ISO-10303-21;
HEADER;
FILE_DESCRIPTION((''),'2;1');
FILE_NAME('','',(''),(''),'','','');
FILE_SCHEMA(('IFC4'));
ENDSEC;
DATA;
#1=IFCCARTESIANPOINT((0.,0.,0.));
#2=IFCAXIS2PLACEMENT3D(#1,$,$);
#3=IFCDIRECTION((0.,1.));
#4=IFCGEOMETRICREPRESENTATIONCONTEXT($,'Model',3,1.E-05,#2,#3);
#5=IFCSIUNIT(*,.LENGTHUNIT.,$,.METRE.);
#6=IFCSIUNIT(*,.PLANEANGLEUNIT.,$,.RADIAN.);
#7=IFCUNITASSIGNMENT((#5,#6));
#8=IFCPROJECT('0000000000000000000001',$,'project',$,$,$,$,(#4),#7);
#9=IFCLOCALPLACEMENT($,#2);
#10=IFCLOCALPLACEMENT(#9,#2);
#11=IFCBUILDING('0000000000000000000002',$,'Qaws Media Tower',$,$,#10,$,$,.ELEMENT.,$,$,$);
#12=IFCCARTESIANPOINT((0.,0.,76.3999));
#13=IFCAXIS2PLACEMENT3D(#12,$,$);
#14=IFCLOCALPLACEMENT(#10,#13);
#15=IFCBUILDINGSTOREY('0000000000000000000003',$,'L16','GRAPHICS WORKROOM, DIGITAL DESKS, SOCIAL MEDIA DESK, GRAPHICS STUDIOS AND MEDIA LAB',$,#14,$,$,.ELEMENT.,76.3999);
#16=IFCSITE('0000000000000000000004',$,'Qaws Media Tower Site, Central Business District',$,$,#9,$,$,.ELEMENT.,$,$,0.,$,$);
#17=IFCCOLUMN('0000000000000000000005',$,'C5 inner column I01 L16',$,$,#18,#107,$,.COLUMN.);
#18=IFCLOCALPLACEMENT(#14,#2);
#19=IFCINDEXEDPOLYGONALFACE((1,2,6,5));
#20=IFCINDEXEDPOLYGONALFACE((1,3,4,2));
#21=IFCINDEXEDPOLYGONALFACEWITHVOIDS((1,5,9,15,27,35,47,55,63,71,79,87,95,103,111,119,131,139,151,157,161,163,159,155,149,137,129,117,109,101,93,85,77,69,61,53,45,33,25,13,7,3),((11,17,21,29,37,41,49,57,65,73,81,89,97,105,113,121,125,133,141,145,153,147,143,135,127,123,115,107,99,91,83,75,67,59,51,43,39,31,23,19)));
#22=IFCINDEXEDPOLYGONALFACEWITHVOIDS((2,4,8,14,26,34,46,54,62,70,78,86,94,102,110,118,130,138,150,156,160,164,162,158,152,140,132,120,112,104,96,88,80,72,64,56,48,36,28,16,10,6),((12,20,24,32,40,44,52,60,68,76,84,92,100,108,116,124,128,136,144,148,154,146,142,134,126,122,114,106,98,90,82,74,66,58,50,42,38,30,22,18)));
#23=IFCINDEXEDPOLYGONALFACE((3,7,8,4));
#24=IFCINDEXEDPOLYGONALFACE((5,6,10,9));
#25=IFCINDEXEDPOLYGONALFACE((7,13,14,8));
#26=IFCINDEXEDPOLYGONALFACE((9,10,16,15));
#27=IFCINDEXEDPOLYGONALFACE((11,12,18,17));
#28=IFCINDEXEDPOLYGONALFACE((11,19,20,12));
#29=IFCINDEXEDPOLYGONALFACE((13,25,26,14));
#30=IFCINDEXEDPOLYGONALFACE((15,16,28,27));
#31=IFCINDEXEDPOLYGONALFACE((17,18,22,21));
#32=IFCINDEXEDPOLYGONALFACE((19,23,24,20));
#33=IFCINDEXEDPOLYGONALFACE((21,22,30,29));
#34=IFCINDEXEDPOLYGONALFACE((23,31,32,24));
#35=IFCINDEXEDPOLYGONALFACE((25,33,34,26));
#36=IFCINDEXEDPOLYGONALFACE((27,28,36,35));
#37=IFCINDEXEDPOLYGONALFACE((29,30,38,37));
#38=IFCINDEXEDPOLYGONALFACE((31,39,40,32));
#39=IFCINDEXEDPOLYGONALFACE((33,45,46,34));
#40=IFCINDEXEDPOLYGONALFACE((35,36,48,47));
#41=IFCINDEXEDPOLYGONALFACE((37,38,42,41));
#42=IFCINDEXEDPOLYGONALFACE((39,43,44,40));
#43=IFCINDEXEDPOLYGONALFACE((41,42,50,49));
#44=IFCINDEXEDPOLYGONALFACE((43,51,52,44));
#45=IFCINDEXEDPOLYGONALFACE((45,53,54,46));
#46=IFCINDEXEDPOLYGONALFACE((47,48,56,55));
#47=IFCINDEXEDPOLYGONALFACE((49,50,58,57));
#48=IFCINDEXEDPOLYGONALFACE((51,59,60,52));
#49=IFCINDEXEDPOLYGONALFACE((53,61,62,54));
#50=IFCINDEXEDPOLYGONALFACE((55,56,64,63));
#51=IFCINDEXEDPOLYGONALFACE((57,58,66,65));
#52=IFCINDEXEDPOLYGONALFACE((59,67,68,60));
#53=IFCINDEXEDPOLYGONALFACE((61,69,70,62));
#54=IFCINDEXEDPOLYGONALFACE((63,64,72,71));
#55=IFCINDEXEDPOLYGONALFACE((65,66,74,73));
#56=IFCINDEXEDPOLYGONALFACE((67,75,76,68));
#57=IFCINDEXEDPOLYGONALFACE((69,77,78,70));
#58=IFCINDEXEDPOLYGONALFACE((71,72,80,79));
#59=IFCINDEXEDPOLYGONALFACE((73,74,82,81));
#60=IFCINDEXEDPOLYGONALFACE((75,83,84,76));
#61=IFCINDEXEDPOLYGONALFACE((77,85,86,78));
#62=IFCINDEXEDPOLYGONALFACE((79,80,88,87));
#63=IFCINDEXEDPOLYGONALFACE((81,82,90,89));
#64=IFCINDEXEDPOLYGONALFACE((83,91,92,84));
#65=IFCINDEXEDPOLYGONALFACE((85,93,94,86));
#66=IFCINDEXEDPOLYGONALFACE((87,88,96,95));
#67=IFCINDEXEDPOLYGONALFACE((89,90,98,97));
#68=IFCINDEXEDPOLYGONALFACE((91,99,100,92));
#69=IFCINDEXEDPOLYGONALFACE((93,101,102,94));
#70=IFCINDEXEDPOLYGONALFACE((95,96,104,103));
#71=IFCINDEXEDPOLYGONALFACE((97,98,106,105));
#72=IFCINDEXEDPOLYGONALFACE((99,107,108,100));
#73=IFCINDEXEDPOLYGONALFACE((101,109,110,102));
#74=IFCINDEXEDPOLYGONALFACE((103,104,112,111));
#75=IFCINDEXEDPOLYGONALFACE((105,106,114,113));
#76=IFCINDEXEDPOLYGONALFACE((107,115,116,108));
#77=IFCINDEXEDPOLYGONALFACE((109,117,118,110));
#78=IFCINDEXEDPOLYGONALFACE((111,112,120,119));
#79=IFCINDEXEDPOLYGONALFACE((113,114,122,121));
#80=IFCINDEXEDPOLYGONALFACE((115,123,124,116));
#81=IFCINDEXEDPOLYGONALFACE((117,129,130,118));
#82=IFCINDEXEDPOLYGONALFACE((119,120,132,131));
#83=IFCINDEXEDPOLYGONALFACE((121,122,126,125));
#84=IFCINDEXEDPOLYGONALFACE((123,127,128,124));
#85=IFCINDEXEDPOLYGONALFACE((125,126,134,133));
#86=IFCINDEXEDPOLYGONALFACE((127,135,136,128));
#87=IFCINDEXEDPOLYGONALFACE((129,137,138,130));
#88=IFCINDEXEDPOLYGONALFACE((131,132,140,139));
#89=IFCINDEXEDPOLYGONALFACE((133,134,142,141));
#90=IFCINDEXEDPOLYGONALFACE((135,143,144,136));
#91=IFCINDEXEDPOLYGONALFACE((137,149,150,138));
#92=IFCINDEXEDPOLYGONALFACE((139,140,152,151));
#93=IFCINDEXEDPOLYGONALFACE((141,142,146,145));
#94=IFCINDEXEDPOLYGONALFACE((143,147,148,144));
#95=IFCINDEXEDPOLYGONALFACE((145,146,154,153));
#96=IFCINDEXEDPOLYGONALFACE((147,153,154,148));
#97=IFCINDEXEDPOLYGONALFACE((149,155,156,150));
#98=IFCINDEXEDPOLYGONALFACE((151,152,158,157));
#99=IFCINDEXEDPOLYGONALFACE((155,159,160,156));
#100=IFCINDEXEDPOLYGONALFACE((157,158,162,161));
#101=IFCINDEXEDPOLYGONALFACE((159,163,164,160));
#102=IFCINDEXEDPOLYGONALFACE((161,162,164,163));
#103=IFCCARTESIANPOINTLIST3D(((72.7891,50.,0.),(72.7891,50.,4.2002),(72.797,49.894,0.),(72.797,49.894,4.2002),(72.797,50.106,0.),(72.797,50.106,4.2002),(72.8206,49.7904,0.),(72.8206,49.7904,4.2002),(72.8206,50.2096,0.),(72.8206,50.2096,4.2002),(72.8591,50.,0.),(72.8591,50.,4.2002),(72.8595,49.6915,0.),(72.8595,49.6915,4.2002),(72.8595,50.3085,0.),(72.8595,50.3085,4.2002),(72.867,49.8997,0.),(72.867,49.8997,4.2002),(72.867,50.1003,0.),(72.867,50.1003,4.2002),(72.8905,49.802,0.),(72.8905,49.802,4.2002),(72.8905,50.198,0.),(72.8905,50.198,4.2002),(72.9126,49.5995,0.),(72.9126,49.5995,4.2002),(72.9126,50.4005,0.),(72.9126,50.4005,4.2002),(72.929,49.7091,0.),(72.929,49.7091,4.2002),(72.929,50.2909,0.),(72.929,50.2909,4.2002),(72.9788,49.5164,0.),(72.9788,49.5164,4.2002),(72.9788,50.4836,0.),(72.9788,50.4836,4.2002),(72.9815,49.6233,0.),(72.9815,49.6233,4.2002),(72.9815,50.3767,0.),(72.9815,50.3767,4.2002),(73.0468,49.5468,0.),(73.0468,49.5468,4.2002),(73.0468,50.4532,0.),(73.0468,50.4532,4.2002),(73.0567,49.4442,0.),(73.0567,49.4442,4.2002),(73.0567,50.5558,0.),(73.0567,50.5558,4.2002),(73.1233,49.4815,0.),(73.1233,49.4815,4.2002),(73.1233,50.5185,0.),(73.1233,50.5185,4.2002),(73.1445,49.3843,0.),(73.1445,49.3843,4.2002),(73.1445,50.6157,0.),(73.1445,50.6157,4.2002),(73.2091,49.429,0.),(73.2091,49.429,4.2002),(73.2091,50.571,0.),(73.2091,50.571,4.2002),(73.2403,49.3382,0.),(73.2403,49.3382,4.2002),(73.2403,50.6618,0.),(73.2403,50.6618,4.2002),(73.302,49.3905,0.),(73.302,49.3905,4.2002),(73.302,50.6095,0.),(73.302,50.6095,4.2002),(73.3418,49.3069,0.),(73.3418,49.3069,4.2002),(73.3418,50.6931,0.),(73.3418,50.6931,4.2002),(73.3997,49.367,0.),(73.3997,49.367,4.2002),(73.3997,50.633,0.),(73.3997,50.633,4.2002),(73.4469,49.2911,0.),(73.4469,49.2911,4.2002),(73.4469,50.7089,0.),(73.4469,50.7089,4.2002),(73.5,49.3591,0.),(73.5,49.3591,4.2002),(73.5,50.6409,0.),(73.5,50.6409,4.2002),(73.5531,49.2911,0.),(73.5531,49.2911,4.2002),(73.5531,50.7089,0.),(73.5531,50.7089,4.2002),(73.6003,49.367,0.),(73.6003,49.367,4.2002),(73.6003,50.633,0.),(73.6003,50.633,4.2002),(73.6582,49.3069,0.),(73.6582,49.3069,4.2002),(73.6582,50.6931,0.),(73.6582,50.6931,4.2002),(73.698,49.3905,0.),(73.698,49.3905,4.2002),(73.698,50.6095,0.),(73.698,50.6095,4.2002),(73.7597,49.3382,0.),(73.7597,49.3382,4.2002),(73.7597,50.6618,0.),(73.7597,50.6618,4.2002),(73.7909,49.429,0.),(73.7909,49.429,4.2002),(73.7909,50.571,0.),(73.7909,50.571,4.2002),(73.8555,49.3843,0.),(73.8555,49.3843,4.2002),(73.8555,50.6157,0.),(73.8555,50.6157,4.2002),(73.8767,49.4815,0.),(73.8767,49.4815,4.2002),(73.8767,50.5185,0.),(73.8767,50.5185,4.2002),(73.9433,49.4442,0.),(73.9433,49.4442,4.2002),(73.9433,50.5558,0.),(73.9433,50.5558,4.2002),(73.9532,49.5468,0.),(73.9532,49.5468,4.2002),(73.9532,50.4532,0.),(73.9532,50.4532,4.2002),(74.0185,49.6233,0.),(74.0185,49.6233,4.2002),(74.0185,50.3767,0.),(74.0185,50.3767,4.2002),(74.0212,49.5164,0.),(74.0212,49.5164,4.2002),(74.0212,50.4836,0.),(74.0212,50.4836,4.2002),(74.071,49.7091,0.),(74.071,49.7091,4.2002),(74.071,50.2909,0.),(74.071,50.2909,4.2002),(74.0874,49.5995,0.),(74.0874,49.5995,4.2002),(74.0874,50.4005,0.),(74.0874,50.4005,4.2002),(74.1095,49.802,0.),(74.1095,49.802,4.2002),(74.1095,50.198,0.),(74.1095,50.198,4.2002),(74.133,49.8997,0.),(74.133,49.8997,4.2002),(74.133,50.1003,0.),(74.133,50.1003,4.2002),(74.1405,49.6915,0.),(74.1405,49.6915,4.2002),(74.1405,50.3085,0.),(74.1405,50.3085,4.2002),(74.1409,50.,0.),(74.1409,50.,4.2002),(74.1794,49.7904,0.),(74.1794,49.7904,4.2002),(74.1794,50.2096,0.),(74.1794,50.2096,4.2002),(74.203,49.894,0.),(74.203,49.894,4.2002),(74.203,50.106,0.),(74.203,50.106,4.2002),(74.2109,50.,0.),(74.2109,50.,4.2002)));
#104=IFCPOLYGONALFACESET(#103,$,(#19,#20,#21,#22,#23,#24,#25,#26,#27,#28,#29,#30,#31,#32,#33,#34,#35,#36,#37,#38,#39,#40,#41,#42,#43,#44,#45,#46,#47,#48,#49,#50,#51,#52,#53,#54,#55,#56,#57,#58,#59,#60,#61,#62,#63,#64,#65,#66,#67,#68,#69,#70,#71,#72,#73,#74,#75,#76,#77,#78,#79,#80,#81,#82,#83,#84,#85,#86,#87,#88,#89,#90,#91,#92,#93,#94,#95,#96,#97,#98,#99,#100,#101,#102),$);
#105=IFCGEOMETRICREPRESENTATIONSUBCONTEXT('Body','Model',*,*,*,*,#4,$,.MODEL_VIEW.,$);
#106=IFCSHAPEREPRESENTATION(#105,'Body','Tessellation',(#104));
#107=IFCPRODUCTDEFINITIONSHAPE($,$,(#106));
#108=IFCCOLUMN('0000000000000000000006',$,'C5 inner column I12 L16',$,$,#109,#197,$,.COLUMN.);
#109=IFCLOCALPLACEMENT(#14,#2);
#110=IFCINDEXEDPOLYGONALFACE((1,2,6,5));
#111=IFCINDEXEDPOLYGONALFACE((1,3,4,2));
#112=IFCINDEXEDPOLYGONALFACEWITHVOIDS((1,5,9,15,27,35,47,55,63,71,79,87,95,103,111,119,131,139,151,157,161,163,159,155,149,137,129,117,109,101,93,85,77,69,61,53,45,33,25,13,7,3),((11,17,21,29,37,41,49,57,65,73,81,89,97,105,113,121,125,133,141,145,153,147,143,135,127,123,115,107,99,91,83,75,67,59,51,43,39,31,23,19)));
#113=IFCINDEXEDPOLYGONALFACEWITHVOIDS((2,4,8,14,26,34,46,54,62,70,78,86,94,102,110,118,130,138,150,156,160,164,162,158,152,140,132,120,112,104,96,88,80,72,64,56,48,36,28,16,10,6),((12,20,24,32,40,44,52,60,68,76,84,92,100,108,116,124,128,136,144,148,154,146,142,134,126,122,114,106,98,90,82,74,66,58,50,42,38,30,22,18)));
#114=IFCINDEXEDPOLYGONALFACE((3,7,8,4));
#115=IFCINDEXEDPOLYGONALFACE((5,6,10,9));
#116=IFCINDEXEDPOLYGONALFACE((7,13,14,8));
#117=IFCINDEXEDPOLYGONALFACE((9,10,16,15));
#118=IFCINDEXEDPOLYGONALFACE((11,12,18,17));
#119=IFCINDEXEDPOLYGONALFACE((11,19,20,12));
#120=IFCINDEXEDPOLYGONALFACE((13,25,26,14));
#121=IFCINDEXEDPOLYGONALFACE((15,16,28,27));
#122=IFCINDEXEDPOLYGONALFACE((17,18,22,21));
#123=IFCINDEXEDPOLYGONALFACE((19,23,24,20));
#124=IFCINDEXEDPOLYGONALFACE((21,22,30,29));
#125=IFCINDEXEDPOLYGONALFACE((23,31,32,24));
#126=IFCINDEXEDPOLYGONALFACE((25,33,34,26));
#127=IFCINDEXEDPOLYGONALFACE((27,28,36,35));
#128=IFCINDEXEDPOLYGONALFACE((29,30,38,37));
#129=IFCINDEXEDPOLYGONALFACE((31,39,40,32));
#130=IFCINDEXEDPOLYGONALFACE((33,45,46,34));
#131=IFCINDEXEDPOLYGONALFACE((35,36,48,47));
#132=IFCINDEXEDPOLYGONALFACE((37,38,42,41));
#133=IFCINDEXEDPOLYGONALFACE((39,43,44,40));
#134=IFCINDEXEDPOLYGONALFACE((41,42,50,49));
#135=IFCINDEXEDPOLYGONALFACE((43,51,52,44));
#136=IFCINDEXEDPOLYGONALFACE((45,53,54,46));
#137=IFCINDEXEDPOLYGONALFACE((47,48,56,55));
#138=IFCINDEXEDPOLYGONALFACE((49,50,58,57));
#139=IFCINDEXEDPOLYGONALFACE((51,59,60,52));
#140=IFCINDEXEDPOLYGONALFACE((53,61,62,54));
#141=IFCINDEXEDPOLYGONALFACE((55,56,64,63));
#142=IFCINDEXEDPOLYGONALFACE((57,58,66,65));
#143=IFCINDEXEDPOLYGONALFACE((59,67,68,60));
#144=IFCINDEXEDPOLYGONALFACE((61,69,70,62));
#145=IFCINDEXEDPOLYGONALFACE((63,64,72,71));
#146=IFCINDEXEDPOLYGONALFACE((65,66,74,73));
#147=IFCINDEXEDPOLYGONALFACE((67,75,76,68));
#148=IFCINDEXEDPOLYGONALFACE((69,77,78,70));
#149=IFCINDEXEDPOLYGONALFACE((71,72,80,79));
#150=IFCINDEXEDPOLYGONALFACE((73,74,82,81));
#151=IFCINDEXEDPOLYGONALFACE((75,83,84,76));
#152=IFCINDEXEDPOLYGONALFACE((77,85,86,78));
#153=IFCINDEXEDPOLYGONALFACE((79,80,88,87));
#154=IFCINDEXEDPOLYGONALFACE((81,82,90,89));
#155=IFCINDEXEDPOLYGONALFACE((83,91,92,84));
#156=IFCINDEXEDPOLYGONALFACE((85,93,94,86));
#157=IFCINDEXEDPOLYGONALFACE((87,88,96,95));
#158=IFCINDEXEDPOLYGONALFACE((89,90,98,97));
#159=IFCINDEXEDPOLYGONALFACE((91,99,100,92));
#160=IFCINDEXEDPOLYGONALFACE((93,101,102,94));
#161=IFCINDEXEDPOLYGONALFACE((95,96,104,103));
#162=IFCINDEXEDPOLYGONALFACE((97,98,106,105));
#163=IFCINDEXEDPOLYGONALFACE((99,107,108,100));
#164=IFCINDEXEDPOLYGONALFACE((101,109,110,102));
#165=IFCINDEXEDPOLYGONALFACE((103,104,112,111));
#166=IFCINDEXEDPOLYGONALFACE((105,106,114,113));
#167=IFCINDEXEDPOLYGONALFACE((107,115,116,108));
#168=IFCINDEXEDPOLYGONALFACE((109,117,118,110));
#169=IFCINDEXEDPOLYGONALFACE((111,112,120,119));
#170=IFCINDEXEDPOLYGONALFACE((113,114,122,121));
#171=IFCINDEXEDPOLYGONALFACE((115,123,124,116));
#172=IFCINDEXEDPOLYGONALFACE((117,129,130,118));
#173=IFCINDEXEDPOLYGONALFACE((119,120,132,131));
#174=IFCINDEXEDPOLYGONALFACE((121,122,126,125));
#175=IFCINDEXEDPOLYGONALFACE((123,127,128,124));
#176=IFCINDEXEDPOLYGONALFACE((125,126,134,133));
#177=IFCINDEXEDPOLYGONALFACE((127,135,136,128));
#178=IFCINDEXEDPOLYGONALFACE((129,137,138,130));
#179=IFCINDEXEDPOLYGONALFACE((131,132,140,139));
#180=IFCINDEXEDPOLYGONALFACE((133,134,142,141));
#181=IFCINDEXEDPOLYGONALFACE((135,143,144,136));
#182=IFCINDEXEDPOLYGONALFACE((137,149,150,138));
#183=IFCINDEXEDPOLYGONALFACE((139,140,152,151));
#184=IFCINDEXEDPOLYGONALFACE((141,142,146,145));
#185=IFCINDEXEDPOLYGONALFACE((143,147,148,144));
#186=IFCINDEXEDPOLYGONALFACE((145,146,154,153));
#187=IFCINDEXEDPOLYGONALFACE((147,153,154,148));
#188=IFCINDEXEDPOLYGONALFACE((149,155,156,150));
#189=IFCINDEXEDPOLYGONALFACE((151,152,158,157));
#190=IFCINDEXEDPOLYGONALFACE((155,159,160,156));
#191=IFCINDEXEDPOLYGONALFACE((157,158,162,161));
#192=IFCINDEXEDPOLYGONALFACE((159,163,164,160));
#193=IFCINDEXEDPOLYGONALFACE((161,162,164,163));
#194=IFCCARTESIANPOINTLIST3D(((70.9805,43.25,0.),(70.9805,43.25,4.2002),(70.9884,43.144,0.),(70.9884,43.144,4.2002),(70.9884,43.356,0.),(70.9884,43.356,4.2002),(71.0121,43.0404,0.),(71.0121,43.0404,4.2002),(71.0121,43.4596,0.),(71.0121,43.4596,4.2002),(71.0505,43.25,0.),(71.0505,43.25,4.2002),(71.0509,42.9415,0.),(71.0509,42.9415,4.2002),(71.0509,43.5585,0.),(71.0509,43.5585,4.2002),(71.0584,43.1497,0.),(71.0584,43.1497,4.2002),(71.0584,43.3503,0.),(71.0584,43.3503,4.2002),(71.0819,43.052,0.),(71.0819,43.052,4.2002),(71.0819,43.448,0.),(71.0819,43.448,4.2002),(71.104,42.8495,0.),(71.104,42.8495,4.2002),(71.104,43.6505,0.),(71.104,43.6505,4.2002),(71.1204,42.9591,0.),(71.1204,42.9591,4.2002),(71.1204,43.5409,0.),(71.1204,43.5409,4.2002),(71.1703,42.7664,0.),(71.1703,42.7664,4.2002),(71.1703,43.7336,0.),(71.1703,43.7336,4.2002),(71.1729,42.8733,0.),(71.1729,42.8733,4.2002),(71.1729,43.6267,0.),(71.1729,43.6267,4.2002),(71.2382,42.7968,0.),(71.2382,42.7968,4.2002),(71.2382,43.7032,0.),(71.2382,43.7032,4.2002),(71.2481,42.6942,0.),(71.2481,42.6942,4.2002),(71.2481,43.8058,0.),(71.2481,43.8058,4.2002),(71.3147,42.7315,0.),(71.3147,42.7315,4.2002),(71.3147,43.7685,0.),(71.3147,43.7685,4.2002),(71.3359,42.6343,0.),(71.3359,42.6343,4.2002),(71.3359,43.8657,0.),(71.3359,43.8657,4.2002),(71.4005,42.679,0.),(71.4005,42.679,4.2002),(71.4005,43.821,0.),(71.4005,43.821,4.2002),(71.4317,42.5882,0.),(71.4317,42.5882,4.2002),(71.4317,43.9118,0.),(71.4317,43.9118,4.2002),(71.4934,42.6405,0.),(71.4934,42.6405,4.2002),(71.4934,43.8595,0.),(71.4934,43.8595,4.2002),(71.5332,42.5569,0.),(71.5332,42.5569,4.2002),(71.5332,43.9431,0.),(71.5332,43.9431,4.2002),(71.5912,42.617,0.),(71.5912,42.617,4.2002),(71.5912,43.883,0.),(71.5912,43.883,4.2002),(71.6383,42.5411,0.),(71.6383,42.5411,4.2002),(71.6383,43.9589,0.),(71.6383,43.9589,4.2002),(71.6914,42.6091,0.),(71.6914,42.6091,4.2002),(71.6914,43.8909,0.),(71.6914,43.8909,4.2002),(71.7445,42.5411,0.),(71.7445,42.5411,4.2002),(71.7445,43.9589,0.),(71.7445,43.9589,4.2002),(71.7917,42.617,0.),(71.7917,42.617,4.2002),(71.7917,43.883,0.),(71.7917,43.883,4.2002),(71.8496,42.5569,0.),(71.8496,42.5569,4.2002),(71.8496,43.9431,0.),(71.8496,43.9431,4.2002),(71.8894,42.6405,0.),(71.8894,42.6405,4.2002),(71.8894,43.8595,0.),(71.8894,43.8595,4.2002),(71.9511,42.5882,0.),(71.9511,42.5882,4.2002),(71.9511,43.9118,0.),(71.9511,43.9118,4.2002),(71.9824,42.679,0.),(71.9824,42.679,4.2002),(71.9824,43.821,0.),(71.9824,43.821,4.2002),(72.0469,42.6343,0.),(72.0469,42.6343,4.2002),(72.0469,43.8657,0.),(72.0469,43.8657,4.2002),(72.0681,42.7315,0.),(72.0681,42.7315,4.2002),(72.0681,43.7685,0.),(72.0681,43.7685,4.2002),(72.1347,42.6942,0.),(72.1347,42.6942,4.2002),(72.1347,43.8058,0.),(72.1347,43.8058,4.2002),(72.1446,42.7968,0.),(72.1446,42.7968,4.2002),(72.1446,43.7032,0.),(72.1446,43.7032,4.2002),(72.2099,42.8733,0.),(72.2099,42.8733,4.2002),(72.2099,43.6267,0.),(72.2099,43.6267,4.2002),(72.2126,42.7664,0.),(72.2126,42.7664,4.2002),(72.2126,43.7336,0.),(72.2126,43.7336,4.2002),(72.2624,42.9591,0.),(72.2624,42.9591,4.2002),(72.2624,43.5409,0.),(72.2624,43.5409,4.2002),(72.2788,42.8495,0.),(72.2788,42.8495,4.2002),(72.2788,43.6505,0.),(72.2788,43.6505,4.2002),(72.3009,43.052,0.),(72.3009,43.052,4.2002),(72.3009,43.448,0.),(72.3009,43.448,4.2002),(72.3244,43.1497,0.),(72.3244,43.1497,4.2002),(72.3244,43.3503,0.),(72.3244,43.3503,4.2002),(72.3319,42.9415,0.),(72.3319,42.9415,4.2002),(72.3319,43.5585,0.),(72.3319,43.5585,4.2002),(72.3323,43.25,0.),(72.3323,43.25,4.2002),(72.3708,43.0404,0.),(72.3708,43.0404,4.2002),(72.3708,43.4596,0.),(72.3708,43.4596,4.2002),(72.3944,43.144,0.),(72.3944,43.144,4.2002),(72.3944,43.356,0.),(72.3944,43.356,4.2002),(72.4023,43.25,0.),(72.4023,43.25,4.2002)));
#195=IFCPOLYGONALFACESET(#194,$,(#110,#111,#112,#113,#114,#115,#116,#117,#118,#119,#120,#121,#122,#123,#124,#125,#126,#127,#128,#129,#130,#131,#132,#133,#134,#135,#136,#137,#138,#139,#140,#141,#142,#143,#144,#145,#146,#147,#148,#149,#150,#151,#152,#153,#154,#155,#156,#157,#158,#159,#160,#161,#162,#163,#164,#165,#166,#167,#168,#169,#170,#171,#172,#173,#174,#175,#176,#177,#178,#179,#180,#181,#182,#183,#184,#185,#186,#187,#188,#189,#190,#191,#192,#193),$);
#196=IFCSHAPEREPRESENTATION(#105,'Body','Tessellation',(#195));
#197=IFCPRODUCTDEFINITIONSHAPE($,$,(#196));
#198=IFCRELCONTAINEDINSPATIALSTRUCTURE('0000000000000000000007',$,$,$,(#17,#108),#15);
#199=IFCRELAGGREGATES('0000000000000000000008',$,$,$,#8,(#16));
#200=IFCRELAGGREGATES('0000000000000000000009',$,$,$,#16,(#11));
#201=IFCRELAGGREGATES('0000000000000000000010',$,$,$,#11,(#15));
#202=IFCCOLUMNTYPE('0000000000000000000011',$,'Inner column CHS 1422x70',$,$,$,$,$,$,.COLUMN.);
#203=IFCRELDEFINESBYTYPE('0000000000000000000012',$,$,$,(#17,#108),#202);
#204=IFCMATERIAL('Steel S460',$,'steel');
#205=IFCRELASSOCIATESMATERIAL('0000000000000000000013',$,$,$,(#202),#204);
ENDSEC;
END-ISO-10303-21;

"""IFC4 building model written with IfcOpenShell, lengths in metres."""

from ifc_helpers import new_model, si_unit, direction, frame, origin, origin_2d, place, context, subcontext, project, spatial, hollow_circle, extrude, material, material_profile, profile_set, type_object, element, save


model = new_model("IFC4")

# Units and contexts
model_context = context("Model", 3, precision=1e-05, world=origin(), true_north=direction((0.0, 1.0)))
body_context = subcontext(model_context, "Body", "Model", "MODEL_VIEW")
ifc_project = project(units=[si_unit("LENGTHUNIT", "METRE"), si_unit("PLANEANGLEUNIT", "RADIAN")], contexts=[model_context])

# Site, building, storey
site_placement = place(None, origin())
site = spatial("IfcSite", under=ifc_project, at=site_placement, Name="Qaws Media Tower Site, Central Business District", CompositionType="ELEMENT", RefElevation=0.0)
building_placement = place(site_placement, origin())
building = spatial("IfcBuilding", under=site, at=building_placement, Name="Qaws Media Tower", CompositionType="ELEMENT")
storey_placement = place(building_placement, frame((0.0, 0.0, 76.3999)))
storey = spatial("IfcBuildingStorey", under=building, at=storey_placement, Name="L16", Description="GRAPHICS WORKROOM, DIGITAL DESKS, SOCIAL MEDIA DESK, GRAPHICS STUDIOS AND MEDIA LAB", CompositionType="ELEMENT", Elevation=76.3999)

# Columns
ifc_material_1 = material(Name="Steel S460", Category="steel")
ifc_material_profile_1 = material_profile(ifc_material_1, hollow_circle(Radius=0.7109, WallThickness=0.0701, at=origin_2d()), Name="CHS 1422x70")
ifc_profile_set_1 = profile_set([ifc_material_profile_1], Name="Steel S460")
column_type = type_object("IfcColumnType", Name="Inner column CHS 1422x70", PredefinedType="COLUMN", material=ifc_profile_set_1)
for number, where, z_axis, x_axis, name in (
    (1, (73.5, 50.0, 0.0), (0.0, 0.0, 1.0), (1.0, 0.0, 0.0), "C5 inner column I01 L16"),
    (2, (71.6914, 43.25, 0.0), (0.0, 0.0, 1.0), (1.0, 0.0, 0.0), "C5 inner column I12 L16"),
):
    element("IfcColumn", number, at=place(storey_placement, frame(where, z_axis=z_axis, x_axis=x_axis)), inside=storey, type_object=column_type, Name=name, PredefinedType="COLUMN", context=body_context, shape_type="SweptSolid", body=[
        extrude(hollow_circle(Radius=0.7109, WallThickness=0.0701, at=origin_2d()), origin(), (0.0, 0.0, 1.0), 4.2002),
    ])

save(model, "model.ifc")
